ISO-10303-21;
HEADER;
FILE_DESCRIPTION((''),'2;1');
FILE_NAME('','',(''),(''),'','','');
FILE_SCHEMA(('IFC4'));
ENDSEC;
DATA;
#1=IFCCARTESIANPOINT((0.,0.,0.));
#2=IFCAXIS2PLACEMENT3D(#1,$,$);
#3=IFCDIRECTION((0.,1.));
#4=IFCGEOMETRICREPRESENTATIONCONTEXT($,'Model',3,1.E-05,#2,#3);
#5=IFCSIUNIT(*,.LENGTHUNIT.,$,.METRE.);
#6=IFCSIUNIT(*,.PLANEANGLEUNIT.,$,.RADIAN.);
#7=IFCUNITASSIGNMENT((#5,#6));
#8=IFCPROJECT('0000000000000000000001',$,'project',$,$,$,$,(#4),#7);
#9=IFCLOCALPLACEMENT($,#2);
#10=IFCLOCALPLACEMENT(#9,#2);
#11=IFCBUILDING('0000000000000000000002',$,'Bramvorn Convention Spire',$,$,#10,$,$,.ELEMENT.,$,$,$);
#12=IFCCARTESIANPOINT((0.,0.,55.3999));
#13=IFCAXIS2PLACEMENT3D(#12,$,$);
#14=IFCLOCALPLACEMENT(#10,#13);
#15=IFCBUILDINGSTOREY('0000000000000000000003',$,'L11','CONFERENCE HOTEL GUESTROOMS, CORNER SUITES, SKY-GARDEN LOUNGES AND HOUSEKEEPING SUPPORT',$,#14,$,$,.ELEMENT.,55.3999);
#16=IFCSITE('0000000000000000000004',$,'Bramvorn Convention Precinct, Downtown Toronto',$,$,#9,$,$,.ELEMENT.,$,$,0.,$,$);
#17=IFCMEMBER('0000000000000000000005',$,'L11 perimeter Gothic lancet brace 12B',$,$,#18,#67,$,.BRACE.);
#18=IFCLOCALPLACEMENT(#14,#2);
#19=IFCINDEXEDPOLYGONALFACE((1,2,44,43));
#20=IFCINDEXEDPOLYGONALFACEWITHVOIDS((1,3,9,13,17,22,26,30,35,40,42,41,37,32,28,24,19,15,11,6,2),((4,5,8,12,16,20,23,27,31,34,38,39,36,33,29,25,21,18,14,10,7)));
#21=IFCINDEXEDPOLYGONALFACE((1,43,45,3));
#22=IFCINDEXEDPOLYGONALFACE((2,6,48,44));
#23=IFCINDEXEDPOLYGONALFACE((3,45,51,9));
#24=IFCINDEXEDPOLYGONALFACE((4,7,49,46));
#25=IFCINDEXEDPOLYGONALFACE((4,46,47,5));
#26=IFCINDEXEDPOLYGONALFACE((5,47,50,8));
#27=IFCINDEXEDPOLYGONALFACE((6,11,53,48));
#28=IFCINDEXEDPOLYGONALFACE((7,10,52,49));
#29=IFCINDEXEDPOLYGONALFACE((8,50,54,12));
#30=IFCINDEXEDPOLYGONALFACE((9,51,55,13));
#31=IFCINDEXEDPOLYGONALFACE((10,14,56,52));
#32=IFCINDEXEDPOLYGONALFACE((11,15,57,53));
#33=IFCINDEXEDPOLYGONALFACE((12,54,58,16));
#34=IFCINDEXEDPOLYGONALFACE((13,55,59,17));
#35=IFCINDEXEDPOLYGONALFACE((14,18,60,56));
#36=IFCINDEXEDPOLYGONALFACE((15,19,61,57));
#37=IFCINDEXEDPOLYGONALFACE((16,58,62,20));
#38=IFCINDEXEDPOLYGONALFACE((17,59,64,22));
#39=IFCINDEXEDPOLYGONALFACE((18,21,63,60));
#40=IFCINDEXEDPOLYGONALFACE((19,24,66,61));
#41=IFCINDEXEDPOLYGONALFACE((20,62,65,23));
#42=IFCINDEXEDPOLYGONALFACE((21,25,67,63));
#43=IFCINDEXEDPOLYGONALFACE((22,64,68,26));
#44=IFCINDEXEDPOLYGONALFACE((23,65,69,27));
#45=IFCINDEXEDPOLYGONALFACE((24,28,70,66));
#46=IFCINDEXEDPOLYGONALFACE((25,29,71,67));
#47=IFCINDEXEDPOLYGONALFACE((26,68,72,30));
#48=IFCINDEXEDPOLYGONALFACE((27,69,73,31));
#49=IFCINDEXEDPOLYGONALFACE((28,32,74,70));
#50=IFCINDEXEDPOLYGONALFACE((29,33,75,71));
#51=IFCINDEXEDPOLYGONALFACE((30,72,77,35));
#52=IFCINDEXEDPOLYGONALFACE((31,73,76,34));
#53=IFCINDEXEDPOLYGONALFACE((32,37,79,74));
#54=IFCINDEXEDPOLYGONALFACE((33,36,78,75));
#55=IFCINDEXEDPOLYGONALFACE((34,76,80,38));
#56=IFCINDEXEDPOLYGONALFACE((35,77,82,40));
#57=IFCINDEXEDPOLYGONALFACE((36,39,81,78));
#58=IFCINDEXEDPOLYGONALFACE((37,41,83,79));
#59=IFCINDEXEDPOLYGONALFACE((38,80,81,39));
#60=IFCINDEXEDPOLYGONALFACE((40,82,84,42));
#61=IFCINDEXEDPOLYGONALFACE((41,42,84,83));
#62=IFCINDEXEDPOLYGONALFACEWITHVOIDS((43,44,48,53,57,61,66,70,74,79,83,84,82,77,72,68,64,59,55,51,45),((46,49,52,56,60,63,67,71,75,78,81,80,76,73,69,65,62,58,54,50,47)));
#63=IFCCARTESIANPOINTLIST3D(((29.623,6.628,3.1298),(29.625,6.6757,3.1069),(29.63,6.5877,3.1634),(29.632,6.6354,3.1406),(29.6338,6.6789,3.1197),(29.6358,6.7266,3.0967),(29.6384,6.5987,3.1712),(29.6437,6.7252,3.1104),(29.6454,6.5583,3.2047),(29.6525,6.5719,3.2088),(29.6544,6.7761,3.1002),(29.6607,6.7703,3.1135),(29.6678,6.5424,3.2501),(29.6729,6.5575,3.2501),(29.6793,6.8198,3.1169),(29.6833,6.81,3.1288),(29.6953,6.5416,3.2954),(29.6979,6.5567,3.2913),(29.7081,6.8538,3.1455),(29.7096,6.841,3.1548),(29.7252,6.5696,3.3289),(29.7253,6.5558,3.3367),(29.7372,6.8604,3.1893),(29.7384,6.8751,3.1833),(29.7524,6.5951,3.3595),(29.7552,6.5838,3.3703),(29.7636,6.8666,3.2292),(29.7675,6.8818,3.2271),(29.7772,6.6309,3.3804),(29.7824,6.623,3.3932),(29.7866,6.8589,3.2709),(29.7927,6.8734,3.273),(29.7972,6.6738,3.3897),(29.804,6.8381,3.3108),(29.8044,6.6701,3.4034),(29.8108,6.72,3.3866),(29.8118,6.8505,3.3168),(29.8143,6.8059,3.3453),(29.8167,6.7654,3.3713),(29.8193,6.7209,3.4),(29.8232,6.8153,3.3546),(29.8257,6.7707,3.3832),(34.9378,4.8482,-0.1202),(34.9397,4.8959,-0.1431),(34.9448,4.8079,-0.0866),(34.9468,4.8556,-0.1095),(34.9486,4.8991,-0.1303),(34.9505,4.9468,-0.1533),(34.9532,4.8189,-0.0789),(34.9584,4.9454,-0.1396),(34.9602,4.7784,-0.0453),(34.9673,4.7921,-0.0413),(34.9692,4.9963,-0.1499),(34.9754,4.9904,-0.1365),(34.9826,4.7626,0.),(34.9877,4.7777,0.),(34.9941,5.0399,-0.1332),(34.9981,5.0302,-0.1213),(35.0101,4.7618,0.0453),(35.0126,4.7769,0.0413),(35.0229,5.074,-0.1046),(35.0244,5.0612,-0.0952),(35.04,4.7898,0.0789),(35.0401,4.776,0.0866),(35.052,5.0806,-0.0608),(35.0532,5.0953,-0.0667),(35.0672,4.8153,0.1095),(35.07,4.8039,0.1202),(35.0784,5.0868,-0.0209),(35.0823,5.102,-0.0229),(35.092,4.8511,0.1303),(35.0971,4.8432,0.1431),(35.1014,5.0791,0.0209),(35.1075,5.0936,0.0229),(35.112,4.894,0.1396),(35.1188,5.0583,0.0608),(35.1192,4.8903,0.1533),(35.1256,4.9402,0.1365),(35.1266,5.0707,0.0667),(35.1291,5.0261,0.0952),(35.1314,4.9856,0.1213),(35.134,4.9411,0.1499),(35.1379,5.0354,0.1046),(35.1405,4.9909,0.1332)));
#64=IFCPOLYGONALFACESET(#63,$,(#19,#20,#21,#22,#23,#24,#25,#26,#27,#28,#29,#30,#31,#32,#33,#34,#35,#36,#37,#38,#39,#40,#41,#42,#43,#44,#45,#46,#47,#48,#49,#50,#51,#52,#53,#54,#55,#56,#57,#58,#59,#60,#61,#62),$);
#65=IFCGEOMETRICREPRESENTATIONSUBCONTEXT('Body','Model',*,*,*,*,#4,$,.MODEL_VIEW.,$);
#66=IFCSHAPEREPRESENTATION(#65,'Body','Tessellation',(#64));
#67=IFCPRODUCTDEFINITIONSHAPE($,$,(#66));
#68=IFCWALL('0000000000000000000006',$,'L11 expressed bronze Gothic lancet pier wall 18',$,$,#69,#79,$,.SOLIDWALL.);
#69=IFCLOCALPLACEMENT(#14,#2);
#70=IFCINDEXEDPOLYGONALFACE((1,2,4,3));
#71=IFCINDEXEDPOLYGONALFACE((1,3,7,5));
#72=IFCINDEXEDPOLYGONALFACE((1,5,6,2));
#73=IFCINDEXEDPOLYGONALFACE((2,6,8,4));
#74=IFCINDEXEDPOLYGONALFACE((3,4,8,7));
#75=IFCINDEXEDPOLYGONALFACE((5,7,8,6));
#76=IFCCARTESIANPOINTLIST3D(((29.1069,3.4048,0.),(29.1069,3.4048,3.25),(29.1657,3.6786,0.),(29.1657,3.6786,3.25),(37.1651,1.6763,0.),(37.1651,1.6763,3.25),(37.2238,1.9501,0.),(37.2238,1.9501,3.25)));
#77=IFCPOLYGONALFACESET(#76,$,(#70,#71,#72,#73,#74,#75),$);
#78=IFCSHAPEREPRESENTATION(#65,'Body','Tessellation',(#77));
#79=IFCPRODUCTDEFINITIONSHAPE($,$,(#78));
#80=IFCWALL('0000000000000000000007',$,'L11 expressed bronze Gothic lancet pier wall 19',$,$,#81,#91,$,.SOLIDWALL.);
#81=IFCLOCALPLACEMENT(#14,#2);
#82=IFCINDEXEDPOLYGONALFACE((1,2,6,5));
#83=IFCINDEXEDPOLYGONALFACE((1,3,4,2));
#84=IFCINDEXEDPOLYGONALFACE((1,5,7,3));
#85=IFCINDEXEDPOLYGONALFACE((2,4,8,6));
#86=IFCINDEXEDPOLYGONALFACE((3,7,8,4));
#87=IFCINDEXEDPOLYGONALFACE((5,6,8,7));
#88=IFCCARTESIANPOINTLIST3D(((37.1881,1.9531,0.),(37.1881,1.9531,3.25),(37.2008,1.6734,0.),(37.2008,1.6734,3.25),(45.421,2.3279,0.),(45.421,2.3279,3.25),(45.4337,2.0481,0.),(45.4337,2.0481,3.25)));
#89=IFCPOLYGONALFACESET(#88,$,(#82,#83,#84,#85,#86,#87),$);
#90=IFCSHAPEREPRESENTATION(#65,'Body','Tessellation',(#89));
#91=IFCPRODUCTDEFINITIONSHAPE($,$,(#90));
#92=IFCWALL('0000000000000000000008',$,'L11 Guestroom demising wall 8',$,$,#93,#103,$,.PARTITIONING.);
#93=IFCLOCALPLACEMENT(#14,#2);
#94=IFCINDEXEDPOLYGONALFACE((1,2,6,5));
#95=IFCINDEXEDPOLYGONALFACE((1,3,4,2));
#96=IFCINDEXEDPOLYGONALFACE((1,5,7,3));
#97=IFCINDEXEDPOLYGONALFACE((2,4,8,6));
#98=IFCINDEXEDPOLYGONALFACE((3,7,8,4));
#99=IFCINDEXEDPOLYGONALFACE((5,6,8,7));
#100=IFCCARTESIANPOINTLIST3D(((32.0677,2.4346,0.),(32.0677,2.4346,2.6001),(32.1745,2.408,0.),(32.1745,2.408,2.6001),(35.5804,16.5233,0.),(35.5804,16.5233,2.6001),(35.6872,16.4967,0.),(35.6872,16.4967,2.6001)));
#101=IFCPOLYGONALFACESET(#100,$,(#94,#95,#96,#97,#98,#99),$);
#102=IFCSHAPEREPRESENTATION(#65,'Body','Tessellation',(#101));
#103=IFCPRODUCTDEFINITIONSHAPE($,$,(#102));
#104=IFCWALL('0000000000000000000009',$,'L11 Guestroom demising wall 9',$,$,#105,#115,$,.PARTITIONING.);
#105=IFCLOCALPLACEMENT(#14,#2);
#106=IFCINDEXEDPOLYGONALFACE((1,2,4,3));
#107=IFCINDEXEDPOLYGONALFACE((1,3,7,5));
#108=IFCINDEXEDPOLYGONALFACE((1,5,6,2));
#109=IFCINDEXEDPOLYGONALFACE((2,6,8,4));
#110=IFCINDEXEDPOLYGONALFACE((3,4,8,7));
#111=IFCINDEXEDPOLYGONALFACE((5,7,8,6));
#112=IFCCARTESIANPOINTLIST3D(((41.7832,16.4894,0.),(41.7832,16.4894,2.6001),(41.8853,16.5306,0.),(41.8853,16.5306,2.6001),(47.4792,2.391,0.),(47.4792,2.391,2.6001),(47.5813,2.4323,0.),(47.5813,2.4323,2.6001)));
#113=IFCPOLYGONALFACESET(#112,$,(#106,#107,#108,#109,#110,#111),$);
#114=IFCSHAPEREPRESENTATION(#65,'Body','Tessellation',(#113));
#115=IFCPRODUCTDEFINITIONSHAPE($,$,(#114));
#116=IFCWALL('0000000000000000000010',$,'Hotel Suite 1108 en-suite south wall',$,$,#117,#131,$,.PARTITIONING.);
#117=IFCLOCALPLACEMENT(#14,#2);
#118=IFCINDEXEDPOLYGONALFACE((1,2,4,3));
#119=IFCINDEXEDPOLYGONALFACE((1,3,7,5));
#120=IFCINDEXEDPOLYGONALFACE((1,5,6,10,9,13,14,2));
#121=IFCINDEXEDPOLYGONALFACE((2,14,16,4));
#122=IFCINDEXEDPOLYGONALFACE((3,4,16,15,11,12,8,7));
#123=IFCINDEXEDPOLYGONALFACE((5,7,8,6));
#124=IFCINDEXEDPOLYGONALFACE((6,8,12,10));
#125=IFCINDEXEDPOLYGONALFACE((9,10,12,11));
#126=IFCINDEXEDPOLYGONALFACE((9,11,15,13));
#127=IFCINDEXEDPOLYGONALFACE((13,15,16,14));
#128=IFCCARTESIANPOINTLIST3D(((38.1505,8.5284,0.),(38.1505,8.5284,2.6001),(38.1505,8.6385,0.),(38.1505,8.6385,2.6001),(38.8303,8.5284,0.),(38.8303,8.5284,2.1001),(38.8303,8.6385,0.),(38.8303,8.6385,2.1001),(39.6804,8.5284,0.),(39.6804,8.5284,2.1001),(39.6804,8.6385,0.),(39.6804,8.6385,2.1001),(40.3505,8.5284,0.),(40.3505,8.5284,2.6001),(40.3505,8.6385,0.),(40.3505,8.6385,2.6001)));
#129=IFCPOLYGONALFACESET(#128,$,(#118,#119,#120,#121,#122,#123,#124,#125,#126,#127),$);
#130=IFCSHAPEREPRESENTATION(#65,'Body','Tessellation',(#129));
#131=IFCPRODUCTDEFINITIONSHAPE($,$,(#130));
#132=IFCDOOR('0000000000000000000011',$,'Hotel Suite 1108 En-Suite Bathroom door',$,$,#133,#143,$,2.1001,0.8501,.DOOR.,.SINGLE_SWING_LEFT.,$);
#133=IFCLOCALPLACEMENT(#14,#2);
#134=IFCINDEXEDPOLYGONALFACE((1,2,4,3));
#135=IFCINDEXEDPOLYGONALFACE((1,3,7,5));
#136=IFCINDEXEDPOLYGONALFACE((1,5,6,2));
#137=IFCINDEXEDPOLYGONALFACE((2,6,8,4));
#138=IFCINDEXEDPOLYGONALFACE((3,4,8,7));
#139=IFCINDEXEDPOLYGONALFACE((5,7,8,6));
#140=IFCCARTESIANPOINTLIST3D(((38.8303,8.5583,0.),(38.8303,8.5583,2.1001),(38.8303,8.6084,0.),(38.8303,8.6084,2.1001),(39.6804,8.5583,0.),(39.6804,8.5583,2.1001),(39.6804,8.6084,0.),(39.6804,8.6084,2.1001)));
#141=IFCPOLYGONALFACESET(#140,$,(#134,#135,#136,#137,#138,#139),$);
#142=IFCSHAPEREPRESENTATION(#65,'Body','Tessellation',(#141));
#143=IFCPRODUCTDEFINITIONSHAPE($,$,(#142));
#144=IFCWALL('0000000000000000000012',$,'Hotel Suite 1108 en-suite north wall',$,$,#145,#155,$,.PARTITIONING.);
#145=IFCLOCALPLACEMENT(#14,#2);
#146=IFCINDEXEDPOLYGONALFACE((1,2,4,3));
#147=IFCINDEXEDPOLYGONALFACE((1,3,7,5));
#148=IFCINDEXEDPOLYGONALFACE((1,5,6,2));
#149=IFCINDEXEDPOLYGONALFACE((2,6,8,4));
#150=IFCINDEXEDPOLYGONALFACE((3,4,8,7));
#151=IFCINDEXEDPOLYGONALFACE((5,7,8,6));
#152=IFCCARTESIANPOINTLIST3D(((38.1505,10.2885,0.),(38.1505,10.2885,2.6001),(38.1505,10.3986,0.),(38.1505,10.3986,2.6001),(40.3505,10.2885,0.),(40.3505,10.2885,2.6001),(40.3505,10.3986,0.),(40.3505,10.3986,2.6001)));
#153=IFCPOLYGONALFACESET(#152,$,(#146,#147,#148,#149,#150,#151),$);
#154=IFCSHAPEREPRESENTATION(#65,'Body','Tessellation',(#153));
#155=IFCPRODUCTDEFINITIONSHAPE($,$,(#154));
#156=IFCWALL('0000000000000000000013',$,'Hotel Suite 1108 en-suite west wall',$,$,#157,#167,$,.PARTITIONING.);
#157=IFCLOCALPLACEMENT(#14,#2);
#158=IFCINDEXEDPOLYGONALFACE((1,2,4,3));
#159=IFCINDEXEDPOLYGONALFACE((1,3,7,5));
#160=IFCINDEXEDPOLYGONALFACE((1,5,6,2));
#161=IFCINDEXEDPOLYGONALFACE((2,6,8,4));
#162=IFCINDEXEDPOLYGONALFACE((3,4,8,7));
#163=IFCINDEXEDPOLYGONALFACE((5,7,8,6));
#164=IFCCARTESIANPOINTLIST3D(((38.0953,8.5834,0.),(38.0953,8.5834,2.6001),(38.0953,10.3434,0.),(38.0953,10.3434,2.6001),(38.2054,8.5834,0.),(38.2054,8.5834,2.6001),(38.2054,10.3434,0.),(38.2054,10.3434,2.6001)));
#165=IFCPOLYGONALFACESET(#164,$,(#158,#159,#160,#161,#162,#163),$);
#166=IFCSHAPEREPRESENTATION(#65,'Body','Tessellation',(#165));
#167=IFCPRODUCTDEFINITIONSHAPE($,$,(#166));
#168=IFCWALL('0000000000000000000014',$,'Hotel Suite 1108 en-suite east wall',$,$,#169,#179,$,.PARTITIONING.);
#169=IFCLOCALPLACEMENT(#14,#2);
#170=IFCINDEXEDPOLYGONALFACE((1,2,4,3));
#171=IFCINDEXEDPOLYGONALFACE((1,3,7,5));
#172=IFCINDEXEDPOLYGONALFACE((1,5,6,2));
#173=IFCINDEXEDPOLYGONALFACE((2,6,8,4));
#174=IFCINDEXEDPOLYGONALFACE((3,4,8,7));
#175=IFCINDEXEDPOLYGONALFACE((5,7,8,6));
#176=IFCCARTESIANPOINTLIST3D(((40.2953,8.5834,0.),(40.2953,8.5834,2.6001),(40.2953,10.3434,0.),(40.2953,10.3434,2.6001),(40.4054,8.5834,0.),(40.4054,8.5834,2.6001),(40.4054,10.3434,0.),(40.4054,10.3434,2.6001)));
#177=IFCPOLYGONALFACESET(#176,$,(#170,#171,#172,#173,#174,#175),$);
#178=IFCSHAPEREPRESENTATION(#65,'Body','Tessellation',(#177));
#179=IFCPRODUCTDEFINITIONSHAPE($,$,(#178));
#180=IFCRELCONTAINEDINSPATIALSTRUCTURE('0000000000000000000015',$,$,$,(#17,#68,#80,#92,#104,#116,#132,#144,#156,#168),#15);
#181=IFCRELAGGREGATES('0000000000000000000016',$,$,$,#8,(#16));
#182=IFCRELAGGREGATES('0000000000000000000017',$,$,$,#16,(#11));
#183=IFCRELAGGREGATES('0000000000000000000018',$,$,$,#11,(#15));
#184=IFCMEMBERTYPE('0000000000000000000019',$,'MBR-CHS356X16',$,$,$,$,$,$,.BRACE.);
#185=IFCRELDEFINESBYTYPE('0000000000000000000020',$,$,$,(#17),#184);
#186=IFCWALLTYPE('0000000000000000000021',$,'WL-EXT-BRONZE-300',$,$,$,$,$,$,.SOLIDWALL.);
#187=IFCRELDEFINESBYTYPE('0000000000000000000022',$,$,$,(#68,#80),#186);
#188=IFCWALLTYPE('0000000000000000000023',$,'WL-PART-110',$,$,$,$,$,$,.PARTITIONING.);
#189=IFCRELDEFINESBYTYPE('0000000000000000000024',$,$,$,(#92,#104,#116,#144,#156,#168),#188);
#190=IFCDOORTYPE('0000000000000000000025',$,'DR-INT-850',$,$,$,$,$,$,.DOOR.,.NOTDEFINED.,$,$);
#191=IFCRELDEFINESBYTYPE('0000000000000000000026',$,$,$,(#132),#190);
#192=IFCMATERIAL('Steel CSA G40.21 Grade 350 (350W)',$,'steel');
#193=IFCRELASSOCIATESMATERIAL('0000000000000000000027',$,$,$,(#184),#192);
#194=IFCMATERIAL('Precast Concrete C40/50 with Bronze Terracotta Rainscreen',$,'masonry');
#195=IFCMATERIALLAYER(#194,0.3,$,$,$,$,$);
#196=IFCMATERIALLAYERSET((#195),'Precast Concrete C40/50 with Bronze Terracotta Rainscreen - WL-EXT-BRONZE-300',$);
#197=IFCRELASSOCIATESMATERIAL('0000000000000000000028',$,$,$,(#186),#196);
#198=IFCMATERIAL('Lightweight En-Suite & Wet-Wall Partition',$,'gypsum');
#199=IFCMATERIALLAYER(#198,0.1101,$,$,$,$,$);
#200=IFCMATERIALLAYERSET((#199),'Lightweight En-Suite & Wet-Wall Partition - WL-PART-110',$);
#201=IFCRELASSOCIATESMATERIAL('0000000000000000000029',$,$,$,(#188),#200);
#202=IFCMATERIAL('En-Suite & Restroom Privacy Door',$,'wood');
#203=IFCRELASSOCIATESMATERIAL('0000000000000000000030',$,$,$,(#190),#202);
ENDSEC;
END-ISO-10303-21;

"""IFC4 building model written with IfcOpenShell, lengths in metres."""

from ifc_helpers import new_model, si_unit, direction, frame, frame_2d, origin, origin_2d, place, context, subcontext, project, spatial, rectangle, hollow_circle, extrude, material, layer, layer_set, material_profile, profile_set, type_object, element, fill, save


model = new_model("IFC4")

# Units and contexts
model_context = context("Model", 3, precision=1e-05, world=origin(), true_north=direction((0.0, 1.0)))
body_context = subcontext(model_context, "Body", "Model", "MODEL_VIEW")
ifc_project = project(units=[si_unit("LENGTHUNIT", "METRE"), si_unit("PLANEANGLEUNIT", "RADIAN")], contexts=[model_context])

# Site, building, storey
site_placement = place(None, origin())
site = spatial("IfcSite", under=ifc_project, at=site_placement, Name="Bramvorn Convention Precinct, Downtown Toronto", CompositionType="ELEMENT", RefElevation=0.0)
building_placement = place(site_placement, origin())
building = spatial("IfcBuilding", under=site, at=building_placement, Name="Bramvorn Convention Spire", CompositionType="ELEMENT")
storey_placement = place(building_placement, frame((0.0, 0.0, 55.3999)))
storey = spatial("IfcBuildingStorey", under=building, at=storey_placement, Name="L11", Description="CONFERENCE HOTEL GUESTROOMS, CORNER SUITES, SKY-GARDEN LOUNGES AND HOUSEKEEPING SUPPORT", CompositionType="ELEMENT", Elevation=55.3999)

# Shared definitions
ifc_material_1 = material(Name="Steel CSA G40.21 Grade 350 (350W)", Category="steel")

# Member
ifc_material_profile_1 = material_profile(ifc_material_1, hollow_circle(Radius=0.1777, WallThickness=0.0159, at=origin_2d()))
ifc_profile_set_1 = profile_set([ifc_material_profile_1], Name="Steel CSA G40.21 Grade 350 (350W) - CHS356X16")
member_type = type_object("IfcMemberType", Name="MBR-CHS356X16", PredefinedType="BRACE", material=ifc_profile_set_1)
member_placement = place(storey_placement, frame((35.0391, 4.9312, 0.0), z_axis=(-0.820309, 0.274705, 0.501628), x_axis=(-0.317547, -0.948242, 0.0)))
element("IfcMember", 1, at=member_placement, inside=storey, type_object=member_type, Name="L11 perimeter Gothic lancet brace 12B", PredefinedType="BRACE", context=body_context, shape_type="SweptSolid", body=[
    extrude(hollow_circle(Radius=0.1777, WallThickness=0.0159, at=origin_2d()), origin(), (0.0, 0.0, 1.0), 6.479),
])

# Walls
ifc_material_2 = material(Name="Precast Concrete C40/50 with Bronze Terracotta Rainscreen", Category="masonry")
ifc_layer_1 = layer(ifc_material_2, 0.3)
ifc_layer_set_1 = layer_set([ifc_layer_1], Name="Precast Concrete C40/50 with Bronze Terracotta Rainscreen - WL-EXT-BRONZE-300")
wall_type_1 = type_object("IfcWallType", Name="WL-EXT-BRONZE-300", PredefinedType="SOLIDWALL", material=ifc_layer_set_1)
for number, where, z_axis, x_axis, name in (
    (2, (37.1943, 1.8132, 0.0), (0.0, 0.0, 1.0), (-0.977758, 0.209735, 0.0), "L11 expressed bronze Gothic lancet pier wall 18"),
    (3, (45.4272, 2.188, 0.0), (0.0, 0.0, 1.0), (-0.998966, -0.045472, 0.0), "L11 expressed bronze Gothic lancet pier wall 19"),
):
    element("IfcWall", number, at=place(storey_placement, frame(where, z_axis=z_axis, x_axis=x_axis)), inside=storey, type_object=wall_type_1, Name=name, PredefinedType="SOLIDWALL", context=body_context, shape_type="SweptSolid", body=[
        extrude(rectangle(XDim=8.2415, YDim=0.28, at=frame_2d((4.1206, 0.0))), origin(), (0.0, 0.0, 1.0), 3.25),
    ])
ifc_material_3 = material(Name="Lightweight En-Suite & Wet-Wall Partition", Category="gypsum")
ifc_layer_2 = layer(ifc_material_3, 0.1101)
ifc_layer_set_2 = layer_set([ifc_layer_2], Name="Lightweight En-Suite & Wet-Wall Partition - WL-PART-110")
wall_type_2 = type_object("IfcWallType", Name="WL-PART-110", PredefinedType="PARTITIONING", material=ifc_layer_set_2)
wall_1_placement = place(storey_placement, frame((35.6338, 16.51, 0.0), z_axis=(0.0, 0.0, 1.0), x_axis=(-0.241922, -0.970296, 0.0)))
element("IfcWall", 4, at=wall_1_placement, inside=storey, type_object=wall_type_2, Name="L11 Guestroom demising wall 8", PredefinedType="PARTITIONING", context=body_context, shape_type="SweptSolid", body=[
    extrude(rectangle(XDim=14.52, YDim=0.1101, at=frame_2d((7.26, 0.0))), origin(), (0.0, 0.0, 1.0), 2.6001),
])
wall_2_placement = place(storey_placement, frame((41.8342, 16.51, 0.0), z_axis=(0.0, 0.0, 1.0), x_axis=(0.374602, -0.927186, 0.0)))
element("IfcWall", 5, at=wall_2_placement, inside=storey, type_object=wall_type_2, Name="L11 Guestroom demising wall 9", PredefinedType="PARTITIONING", context=body_context, shape_type="SweptSolid", body=[
    extrude(rectangle(XDim=15.2056, YDim=0.1101, at=frame_2d((7.6028, 0.0))), origin(), (0.0, 0.0, 1.0), 2.6001),
])

# Wall, opening, door
wall_3_placement = place(storey_placement, frame((38.1504, 8.5835, 0.0), z_axis=(0.0, 0.0, 1.0), x_axis=(1.0, 0.0, 0.0)))
wall_3 = element("IfcWall", 6, at=wall_3_placement, inside=storey, type_object=wall_type_2, Name="Hotel Suite 1108 en-suite south wall", PredefinedType="PARTITIONING", context=body_context, shape_type="SweptSolid", body=[
    extrude(rectangle(XDim=2.2, YDim=0.1101, at=frame_2d((1.1001, 0.0))), origin(), (0.0, 0.0, 1.0), 2.6001),
])
opening_1_placement = place(wall_3_placement, frame((0.6799, 0.0, 0.0)))
opening_1 = element("IfcOpeningElement", 7, at=opening_1_placement, cuts=wall_3, PredefinedType="OPENING", context=body_context, shape_type="SweptSolid", body=[
    extrude(rectangle(XDim=0.8501, YDim=2.1001, at=frame_2d((0.425, 1.05))), frame((0.0, 0.0649, 0.0), z_axis=(0.0, -1.0, 0.0), x_axis=(1.0, 0.0, 0.0)), (0.0, 0.0, 1.0), 0.1301),
])
ifc_material_4 = material(Name="En-Suite & Restroom Privacy Door", Category="wood")
door_type = type_object("IfcDoorType", Name="DR-INT-850", OperationType="NOTDEFINED", PredefinedType="DOOR", material=ifc_material_4)
door_1_placement = place(opening_1_placement, origin())
door_1 = element("IfcDoor", 8, at=door_1_placement, inside=storey, type_object=door_type, Name="Hotel Suite 1108 En-Suite Bathroom door", OperationType="SINGLE_SWING_LEFT", OverallHeight=2.1001, OverallWidth=0.8501, PredefinedType="DOOR", context=body_context, shape_type="SweptSolid", body=[
    extrude(rectangle(XDim=0.8501, YDim=2.1001, at=frame_2d((0.425, 1.05))), frame((0.0, 0.0249, 0.0), z_axis=(0.0, -1.0, 0.0), x_axis=(1.0, 0.0, 0.0)), (0.0, 0.0, 1.0), 0.05),
])
fill(opening_1, door_1)

# Walls
wall_4_placement = place(storey_placement, frame((38.1504, 10.3435, 0.0), z_axis=(0.0, 0.0, 1.0), x_axis=(1.0, 0.0, 0.0)))
element("IfcWall", 9, at=wall_4_placement, inside=storey, type_object=wall_type_2, Name="Hotel Suite 1108 en-suite north wall", PredefinedType="PARTITIONING", context=body_context, shape_type="SweptSolid", body=[
    extrude(rectangle(XDim=2.2, YDim=0.1101, at=frame_2d((1.1001, 0.0))), origin(), (0.0, 0.0, 1.0), 2.6001),
])
for number, where, z_axis, x_axis, name in (
    (10, (38.1504, 8.5835, 0.0), (0.0, 0.0, 1.0), (0.0, 1.0, 0.0), "Hotel Suite 1108 en-suite west wall"),
    (11, (40.3503, 8.5835, 0.0), (0.0, 0.0, 1.0), (0.0, 1.0, 0.0), "Hotel Suite 1108 en-suite east wall"),
):
    element("IfcWall", number, at=place(storey_placement, frame(where, z_axis=z_axis, x_axis=x_axis)), inside=storey, type_object=wall_type_2, Name=name, PredefinedType="PARTITIONING", context=body_context, shape_type="SweptSolid", body=[
        extrude(rectangle(XDim=1.76, YDim=0.1101, at=frame_2d((0.8799, 0.0))), origin(), (0.0, 0.0, 1.0), 2.6001),
    ])

save(model, "model.ifc")
